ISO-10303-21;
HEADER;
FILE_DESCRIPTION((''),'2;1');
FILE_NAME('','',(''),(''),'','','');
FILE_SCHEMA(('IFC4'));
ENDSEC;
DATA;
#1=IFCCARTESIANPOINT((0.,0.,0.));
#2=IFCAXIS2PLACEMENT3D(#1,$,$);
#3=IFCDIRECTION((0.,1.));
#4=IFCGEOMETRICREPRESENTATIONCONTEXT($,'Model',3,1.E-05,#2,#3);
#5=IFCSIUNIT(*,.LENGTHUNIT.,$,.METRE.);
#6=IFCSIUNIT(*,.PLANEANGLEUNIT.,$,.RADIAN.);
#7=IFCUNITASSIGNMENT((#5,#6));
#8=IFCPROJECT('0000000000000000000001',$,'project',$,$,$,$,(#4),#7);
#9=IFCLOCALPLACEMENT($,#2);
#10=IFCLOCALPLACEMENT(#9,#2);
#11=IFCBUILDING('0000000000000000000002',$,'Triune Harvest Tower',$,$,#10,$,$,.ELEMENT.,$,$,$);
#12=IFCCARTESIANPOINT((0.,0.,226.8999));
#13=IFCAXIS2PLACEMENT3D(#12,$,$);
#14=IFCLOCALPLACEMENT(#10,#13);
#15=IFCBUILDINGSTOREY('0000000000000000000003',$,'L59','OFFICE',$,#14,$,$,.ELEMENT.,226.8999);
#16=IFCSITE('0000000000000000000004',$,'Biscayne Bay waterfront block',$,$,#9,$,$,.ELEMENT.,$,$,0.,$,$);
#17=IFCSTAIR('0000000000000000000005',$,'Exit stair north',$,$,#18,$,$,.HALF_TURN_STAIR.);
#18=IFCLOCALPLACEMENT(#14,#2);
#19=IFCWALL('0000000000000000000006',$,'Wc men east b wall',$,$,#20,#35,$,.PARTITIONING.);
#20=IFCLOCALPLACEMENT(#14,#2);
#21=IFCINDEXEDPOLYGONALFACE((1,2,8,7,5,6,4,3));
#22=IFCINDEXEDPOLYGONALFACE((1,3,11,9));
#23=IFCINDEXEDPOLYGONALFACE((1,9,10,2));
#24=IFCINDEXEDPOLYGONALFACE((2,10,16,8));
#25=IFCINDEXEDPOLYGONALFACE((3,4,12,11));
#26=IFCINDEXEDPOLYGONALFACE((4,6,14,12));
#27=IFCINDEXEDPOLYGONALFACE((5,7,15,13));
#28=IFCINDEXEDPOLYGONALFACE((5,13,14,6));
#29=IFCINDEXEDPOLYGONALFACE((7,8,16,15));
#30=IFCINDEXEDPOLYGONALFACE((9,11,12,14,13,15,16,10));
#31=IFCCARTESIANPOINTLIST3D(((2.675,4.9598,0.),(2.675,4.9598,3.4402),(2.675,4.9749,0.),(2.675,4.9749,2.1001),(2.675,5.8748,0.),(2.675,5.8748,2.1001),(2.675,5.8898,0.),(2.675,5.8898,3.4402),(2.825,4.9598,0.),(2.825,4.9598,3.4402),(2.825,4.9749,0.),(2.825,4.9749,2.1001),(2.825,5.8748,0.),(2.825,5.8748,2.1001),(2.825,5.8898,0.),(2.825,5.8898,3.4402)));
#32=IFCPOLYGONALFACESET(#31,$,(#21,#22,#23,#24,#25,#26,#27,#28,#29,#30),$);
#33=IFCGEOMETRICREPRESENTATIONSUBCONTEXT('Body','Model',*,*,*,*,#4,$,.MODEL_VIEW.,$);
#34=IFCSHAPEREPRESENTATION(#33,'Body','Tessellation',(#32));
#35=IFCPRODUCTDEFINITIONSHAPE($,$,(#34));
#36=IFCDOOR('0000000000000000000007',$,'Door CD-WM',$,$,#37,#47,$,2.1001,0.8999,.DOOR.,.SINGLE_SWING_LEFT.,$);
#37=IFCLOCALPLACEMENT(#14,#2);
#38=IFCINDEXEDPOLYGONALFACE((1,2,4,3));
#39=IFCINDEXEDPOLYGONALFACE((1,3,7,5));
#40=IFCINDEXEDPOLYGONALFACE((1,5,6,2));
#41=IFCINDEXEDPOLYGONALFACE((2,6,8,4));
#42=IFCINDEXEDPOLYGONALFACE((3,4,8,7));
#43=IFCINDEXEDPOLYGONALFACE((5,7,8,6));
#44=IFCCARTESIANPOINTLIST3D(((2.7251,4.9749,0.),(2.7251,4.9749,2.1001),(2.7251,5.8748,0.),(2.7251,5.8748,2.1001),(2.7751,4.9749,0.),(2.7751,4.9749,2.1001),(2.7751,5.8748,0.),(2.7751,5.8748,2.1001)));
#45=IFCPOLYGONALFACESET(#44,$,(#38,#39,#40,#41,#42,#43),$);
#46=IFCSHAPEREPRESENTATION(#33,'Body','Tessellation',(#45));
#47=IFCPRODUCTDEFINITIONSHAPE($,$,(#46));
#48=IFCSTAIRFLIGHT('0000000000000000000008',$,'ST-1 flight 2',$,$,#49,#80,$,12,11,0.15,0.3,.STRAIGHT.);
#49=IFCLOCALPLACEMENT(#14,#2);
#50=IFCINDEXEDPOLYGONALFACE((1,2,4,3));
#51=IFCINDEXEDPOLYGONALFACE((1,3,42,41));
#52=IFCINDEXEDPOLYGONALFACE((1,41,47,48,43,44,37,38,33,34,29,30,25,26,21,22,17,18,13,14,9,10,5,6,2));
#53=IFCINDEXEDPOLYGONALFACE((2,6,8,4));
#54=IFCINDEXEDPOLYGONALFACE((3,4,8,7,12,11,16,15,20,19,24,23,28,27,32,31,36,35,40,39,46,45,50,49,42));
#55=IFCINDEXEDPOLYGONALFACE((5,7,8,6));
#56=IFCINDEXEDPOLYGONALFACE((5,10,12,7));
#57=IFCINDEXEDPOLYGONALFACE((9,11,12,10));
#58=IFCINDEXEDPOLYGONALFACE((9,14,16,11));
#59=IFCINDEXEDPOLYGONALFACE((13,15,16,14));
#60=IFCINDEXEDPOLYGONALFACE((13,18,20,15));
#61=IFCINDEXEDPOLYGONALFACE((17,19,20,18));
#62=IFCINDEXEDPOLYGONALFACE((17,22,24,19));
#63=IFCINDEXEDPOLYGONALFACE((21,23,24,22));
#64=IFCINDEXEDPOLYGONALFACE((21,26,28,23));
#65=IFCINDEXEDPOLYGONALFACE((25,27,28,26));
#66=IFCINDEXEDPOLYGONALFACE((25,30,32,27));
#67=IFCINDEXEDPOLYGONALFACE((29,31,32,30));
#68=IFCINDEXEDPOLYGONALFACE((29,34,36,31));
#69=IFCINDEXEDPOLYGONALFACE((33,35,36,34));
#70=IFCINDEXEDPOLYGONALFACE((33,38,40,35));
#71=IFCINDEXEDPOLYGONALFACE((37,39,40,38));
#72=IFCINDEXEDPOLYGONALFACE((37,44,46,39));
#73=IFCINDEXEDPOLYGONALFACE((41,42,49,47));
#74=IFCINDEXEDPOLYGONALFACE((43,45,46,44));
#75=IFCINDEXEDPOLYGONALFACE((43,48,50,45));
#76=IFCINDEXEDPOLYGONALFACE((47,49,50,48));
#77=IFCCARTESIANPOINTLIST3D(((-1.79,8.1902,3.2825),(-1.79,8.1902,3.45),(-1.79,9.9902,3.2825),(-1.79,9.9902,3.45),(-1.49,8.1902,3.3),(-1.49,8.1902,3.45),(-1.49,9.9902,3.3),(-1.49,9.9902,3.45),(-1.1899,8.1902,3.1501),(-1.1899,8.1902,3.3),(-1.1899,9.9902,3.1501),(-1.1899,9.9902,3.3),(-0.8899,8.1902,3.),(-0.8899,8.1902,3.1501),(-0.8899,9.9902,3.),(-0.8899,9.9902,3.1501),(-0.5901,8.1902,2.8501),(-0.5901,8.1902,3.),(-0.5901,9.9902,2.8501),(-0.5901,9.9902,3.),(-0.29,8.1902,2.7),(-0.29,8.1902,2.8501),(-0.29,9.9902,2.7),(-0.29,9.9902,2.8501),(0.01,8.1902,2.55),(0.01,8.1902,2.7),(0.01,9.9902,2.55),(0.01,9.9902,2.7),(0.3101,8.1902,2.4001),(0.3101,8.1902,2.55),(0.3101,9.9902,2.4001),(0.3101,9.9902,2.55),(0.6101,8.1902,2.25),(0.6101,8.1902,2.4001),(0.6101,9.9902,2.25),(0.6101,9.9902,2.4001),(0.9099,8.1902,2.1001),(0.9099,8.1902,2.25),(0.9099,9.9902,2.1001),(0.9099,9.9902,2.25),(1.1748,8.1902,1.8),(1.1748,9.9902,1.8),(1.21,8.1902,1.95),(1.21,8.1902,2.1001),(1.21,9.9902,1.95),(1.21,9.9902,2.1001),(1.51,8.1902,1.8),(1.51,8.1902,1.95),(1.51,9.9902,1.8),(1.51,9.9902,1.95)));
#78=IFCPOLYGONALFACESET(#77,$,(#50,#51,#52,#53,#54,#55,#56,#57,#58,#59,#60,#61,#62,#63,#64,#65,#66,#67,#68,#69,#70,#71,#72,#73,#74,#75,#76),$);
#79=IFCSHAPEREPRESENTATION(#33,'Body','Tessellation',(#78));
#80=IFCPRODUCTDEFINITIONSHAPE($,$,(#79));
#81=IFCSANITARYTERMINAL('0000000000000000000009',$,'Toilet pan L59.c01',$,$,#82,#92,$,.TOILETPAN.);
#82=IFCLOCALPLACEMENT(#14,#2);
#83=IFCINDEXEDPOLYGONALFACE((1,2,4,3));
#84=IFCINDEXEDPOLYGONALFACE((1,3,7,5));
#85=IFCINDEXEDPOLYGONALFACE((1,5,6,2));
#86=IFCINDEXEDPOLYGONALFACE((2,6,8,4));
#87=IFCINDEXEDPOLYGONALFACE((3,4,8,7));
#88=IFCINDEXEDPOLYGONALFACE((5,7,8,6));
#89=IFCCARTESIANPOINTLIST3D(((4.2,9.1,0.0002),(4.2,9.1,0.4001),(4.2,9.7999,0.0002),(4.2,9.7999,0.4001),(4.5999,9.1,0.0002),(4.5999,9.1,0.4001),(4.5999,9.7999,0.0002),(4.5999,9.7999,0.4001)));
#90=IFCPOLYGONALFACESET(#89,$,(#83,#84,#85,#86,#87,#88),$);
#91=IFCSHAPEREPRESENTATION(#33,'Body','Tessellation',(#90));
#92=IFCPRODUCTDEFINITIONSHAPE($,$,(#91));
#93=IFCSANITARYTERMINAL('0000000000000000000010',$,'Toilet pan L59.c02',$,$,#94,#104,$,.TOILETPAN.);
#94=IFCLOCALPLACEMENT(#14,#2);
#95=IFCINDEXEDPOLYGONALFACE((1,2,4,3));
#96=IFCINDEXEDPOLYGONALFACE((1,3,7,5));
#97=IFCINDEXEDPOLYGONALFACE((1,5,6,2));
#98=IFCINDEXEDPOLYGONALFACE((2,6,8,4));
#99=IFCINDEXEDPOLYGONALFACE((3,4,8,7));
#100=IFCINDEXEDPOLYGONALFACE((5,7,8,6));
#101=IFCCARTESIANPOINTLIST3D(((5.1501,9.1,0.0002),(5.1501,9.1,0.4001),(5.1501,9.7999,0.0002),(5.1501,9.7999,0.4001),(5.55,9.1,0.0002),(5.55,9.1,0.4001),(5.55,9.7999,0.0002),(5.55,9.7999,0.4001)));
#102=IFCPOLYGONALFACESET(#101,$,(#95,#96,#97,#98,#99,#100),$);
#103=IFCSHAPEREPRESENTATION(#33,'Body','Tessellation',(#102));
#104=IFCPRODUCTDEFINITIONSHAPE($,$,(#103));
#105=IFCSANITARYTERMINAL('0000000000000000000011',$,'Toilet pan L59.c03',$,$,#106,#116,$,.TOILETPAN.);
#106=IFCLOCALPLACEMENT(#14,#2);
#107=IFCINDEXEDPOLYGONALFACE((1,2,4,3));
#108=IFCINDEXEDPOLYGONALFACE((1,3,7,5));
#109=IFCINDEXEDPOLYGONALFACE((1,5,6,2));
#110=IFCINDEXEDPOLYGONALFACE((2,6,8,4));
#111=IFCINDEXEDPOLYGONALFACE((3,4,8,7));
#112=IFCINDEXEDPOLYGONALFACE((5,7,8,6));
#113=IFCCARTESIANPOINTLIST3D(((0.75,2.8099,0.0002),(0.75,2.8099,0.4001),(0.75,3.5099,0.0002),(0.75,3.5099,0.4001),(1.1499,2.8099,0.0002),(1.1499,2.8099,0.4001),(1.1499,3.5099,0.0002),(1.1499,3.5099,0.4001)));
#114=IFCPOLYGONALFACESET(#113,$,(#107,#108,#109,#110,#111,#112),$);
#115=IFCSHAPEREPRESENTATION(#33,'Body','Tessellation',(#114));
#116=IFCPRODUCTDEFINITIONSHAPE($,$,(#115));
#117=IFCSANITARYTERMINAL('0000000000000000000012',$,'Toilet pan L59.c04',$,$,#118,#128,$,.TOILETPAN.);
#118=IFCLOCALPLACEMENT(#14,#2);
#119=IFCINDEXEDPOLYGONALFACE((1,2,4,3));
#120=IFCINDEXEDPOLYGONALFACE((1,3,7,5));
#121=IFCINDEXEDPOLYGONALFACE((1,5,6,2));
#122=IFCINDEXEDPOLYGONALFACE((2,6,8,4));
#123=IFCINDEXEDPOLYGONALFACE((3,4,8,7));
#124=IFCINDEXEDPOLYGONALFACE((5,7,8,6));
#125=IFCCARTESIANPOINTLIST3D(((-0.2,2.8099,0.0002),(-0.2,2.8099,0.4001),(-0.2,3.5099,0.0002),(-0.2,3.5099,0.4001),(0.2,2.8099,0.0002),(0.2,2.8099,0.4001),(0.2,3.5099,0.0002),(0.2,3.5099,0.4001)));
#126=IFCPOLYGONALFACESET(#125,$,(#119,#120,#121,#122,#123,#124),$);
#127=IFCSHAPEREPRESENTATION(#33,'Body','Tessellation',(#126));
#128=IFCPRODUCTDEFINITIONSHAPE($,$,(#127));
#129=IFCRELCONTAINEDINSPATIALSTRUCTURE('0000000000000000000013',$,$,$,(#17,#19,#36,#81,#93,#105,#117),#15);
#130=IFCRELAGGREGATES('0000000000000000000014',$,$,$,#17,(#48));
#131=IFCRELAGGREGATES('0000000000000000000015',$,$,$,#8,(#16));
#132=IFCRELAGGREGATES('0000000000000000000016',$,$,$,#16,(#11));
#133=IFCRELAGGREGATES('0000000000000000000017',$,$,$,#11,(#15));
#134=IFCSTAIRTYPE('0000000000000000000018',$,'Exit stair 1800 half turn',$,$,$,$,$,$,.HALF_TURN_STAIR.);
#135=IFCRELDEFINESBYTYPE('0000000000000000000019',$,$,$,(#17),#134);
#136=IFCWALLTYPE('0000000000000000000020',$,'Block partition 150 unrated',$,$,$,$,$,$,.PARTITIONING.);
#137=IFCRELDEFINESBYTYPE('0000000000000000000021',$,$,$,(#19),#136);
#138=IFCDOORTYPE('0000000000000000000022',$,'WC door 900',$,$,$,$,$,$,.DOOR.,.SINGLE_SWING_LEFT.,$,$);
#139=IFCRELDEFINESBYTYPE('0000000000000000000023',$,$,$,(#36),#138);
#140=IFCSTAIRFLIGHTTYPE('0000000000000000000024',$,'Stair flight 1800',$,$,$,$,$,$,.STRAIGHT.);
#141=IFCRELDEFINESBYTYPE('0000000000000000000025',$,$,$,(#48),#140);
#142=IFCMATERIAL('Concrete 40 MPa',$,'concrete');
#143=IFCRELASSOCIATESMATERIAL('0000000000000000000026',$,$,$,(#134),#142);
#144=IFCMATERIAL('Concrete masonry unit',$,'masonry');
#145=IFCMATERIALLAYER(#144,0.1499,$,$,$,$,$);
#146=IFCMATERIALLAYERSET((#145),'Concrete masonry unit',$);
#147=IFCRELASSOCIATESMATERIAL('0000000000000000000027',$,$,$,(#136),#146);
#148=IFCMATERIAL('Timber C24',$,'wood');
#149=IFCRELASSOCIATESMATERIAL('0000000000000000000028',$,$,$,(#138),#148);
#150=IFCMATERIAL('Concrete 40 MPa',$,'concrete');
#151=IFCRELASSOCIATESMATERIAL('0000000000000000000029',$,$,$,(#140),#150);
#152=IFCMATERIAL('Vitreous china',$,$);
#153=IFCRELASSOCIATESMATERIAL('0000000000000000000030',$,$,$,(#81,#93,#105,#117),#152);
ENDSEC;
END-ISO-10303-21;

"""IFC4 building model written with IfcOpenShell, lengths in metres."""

from ifc_helpers import new_model, si_unit, direction, frame, frame_2d, origin, origin_2d, place, context, subcontext, project, spatial, polyline, rectangle, outline, extrude, source, transform, mapped, material, layer, layer_set, type_object, element, fill, aggregate, save


model = new_model("IFC4")

# Units and contexts
model_context = context("Model", 3, precision=1e-05, world=origin(), true_north=direction((0.0, 1.0)))
body_context = subcontext(model_context, "Body", "Model", "MODEL_VIEW")
ifc_project = project(units=[si_unit("LENGTHUNIT", "METRE"), si_unit("PLANEANGLEUNIT", "RADIAN")], contexts=[model_context])

# Site, building, storey
site_placement = place(None, origin())
site = spatial("IfcSite", under=ifc_project, at=site_placement, Name="Biscayne Bay waterfront block", CompositionType="ELEMENT", RefElevation=0.0)
building_placement = place(site_placement, origin())
building = spatial("IfcBuilding", under=site, at=building_placement, Name="Triune Harvest Tower", CompositionType="ELEMENT")
storey_placement = place(building_placement, frame((0.0, 0.0, 226.8999)))
storey = spatial("IfcBuildingStorey", under=building, at=storey_placement, Name="L59", Description="OFFICE", CompositionType="ELEMENT", Elevation=226.8999)

# Stair
ifc_material_1 = material(Name="Concrete 40 MPa", Category="concrete")
stair_type = type_object("IfcStairType", Name="Exit stair 1800 half turn", PredefinedType="HALF_TURN_STAIR", material=ifc_material_1)
stair_1_placement = place(storey_placement, origin())
stair_1 = element("IfcStair", 1, at=stair_1_placement, inside=storey, type_object=stair_type, Name="Exit stair north", PredefinedType="HALF_TURN_STAIR")

# Wall, opening, door
ifc_material_2 = material(Name="Concrete masonry unit", Category="masonry")
ifc_layer_1 = layer(ifc_material_2, 0.1499)
ifc_layer_set_1 = layer_set([ifc_layer_1], Name="Concrete masonry unit")
wall_type_1 = type_object("IfcWallType", Name="Block partition 150 unrated", PredefinedType="PARTITIONING", material=ifc_layer_set_1)
ifc_material_3 = material(Name="Timber C24", Category="wood")
door_type_1 = type_object("IfcDoorType", Name="WC door 900", OperationType="SINGLE_SWING_LEFT", PredefinedType="DOOR", material=ifc_material_3)
shared_shape_1 = source(origin(), body_context, "Body", "SweptSolid", [
    extrude(rectangle(XDim=0.9299, YDim=0.1499, at=frame_2d((0.4648, 0.0))), origin(), (0.0, 0.0, 1.0), 3.4402),
])
wall_1_placement = place(storey_placement, frame((2.75, 4.96, 0.0), z_axis=(0.0, 0.0, 1.0), x_axis=(0.0, 1.0, 0.0)))
wall_1 = element("IfcWall", 2, at=wall_1_placement, inside=storey, type_object=wall_type_1, Name="Wc men east b wall", PredefinedType="PARTITIONING", context=body_context, shape_type="MappedRepresentation", body=[
    mapped(shared_shape_1, transform((0.0, 0.0, 0.0), scale=1.0)),
])
opening_1_placement = place(wall_1_placement, frame((0.0149, 0.0, 0.0)))
opening_1 = element("IfcOpeningElement", 3, at=opening_1_placement, cuts=wall_1, PredefinedType="OPENING", context=body_context, shape_type="SweptSolid", body=[
    extrude(rectangle(XDim=0.8999, YDim=2.1001, at=frame_2d((0.45, 1.05))), frame((0.0, 0.085, 0.0), z_axis=(0.0, -1.0, 0.0), x_axis=(1.0, 0.0, 0.0)), (0.0, 0.0, 1.0), 0.1699),
])
door_1_placement = place(opening_1_placement, origin())
door_1 = element("IfcDoor", 4, at=door_1_placement, inside=storey, type_object=door_type_1, Name="Door CD-WM", OperationType="SINGLE_SWING_LEFT", OverallHeight=2.1001, OverallWidth=0.8999, PredefinedType="DOOR", context=body_context, shape_type="SweptSolid", body=[
    extrude(rectangle(XDim=0.8999, YDim=2.1001, at=frame_2d((0.45, 1.05))), frame((0.0, 0.0249, 0.0), z_axis=(0.0, -1.0, 0.0), x_axis=(1.0, 0.0, 0.0)), (0.0, 0.0, 1.0), 0.05),
])
fill(opening_1, door_1)

# Stair flight
ifc_material_4 = material(Name="Concrete 40 MPa", Category="concrete")
stair_flight_type = type_object("IfcStairFlightType", Name="Stair flight 1800", PredefinedType="STRAIGHT", material=ifc_material_4)
shared_shape_2 = source(origin(), body_context, "Body", "SweptSolid", [
    extrude(outline(polyline([(0.0, 0.0), (0.0, 0.1499), (0.3, 0.1499), (0.3, 0.3), (0.6001, 0.3), (0.6001, 0.45), (0.8999, 0.45), (0.8999, 0.6001), (1.2, 0.6001), (1.2, 0.75), (1.5, 0.75), (1.5, 0.8999), (1.8, 0.8999), (1.8, 1.05), (2.1001, 1.05), (2.1001, 1.2), (2.3999, 1.2), (2.3999, 1.3501), (2.7, 1.3501), (2.7, 1.5), (3.0, 1.5), (3.0, 1.6499), (3.3, 1.6499), (3.3, 1.8), (3.3, 1.4824), (0.3352, 0.0), (0.0, 0.0)])), frame((0.0, 0.8999, 0.0), z_axis=(0.0, -1.0, 0.0), x_axis=(1.0, 0.0, 0.0)), (0.0, 0.0, 1.0), 1.8),
])
stair_flight_placement = place(storey_placement, frame((1.51, 9.0901, 1.8), z_axis=(0.0, 0.0, 1.0), x_axis=(-1.0, 0.0, 0.0)))
stair_flight = element("IfcStairFlight", 5, at=stair_flight_placement, type_object=stair_flight_type, Name="ST-1 flight 2", NumberOfRisers=12, NumberOfTreads=11, PredefinedType="STRAIGHT", RiserHeight=0.15, TreadLength=0.3, context=body_context, shape_type="MappedRepresentation", body=[
    mapped(shared_shape_2, transform((0.0, 0.0, 0.0), scale=1.0)),
])
aggregate(stair_1, [stair_flight])

# Sanitary terminals
ifc_material_5 = material(Name="Vitreous china")
shared_shape_3 = source(origin(), body_context, "Body", "SweptSolid", [
    extrude(rectangle(XDim=0.3999, YDim=0.7, at=origin_2d()), origin(), (0.0, 0.0, 1.0), 0.3999),
])
for number, where, z_axis, x_axis, name in (
    (6, (4.3999, 9.45, 0.0002), (0.0, 0.0, 1.0), (1.0, 0.0, 0.0), "Toilet pan L59.c01"),
    (7, (5.3501, 9.45, 0.0002), (0.0, 0.0, 1.0), (1.0, 0.0, 0.0), "Toilet pan L59.c02"),
    (8, (0.95, 3.1599, 0.0002), (0.0, 0.0, 1.0), (-1.0, 0.0, 0.0), "Toilet pan L59.c03"),
    (9, (0.0, 3.1599, 0.0002), (0.0, 0.0, 1.0), (-1.0, 0.0, 0.0), "Toilet pan L59.c04"),
):
    element("IfcSanitaryTerminal", number, at=place(storey_placement, frame(where, z_axis=z_axis, x_axis=x_axis)), inside=storey, material=ifc_material_5, Name=name, PredefinedType="TOILETPAN", context=body_context, shape_type="MappedRepresentation", body=[
        mapped(shared_shape_3, transform((0.0, 0.0, 0.0), scale=1.0)),
    ])

save(model, "model.ifc")
